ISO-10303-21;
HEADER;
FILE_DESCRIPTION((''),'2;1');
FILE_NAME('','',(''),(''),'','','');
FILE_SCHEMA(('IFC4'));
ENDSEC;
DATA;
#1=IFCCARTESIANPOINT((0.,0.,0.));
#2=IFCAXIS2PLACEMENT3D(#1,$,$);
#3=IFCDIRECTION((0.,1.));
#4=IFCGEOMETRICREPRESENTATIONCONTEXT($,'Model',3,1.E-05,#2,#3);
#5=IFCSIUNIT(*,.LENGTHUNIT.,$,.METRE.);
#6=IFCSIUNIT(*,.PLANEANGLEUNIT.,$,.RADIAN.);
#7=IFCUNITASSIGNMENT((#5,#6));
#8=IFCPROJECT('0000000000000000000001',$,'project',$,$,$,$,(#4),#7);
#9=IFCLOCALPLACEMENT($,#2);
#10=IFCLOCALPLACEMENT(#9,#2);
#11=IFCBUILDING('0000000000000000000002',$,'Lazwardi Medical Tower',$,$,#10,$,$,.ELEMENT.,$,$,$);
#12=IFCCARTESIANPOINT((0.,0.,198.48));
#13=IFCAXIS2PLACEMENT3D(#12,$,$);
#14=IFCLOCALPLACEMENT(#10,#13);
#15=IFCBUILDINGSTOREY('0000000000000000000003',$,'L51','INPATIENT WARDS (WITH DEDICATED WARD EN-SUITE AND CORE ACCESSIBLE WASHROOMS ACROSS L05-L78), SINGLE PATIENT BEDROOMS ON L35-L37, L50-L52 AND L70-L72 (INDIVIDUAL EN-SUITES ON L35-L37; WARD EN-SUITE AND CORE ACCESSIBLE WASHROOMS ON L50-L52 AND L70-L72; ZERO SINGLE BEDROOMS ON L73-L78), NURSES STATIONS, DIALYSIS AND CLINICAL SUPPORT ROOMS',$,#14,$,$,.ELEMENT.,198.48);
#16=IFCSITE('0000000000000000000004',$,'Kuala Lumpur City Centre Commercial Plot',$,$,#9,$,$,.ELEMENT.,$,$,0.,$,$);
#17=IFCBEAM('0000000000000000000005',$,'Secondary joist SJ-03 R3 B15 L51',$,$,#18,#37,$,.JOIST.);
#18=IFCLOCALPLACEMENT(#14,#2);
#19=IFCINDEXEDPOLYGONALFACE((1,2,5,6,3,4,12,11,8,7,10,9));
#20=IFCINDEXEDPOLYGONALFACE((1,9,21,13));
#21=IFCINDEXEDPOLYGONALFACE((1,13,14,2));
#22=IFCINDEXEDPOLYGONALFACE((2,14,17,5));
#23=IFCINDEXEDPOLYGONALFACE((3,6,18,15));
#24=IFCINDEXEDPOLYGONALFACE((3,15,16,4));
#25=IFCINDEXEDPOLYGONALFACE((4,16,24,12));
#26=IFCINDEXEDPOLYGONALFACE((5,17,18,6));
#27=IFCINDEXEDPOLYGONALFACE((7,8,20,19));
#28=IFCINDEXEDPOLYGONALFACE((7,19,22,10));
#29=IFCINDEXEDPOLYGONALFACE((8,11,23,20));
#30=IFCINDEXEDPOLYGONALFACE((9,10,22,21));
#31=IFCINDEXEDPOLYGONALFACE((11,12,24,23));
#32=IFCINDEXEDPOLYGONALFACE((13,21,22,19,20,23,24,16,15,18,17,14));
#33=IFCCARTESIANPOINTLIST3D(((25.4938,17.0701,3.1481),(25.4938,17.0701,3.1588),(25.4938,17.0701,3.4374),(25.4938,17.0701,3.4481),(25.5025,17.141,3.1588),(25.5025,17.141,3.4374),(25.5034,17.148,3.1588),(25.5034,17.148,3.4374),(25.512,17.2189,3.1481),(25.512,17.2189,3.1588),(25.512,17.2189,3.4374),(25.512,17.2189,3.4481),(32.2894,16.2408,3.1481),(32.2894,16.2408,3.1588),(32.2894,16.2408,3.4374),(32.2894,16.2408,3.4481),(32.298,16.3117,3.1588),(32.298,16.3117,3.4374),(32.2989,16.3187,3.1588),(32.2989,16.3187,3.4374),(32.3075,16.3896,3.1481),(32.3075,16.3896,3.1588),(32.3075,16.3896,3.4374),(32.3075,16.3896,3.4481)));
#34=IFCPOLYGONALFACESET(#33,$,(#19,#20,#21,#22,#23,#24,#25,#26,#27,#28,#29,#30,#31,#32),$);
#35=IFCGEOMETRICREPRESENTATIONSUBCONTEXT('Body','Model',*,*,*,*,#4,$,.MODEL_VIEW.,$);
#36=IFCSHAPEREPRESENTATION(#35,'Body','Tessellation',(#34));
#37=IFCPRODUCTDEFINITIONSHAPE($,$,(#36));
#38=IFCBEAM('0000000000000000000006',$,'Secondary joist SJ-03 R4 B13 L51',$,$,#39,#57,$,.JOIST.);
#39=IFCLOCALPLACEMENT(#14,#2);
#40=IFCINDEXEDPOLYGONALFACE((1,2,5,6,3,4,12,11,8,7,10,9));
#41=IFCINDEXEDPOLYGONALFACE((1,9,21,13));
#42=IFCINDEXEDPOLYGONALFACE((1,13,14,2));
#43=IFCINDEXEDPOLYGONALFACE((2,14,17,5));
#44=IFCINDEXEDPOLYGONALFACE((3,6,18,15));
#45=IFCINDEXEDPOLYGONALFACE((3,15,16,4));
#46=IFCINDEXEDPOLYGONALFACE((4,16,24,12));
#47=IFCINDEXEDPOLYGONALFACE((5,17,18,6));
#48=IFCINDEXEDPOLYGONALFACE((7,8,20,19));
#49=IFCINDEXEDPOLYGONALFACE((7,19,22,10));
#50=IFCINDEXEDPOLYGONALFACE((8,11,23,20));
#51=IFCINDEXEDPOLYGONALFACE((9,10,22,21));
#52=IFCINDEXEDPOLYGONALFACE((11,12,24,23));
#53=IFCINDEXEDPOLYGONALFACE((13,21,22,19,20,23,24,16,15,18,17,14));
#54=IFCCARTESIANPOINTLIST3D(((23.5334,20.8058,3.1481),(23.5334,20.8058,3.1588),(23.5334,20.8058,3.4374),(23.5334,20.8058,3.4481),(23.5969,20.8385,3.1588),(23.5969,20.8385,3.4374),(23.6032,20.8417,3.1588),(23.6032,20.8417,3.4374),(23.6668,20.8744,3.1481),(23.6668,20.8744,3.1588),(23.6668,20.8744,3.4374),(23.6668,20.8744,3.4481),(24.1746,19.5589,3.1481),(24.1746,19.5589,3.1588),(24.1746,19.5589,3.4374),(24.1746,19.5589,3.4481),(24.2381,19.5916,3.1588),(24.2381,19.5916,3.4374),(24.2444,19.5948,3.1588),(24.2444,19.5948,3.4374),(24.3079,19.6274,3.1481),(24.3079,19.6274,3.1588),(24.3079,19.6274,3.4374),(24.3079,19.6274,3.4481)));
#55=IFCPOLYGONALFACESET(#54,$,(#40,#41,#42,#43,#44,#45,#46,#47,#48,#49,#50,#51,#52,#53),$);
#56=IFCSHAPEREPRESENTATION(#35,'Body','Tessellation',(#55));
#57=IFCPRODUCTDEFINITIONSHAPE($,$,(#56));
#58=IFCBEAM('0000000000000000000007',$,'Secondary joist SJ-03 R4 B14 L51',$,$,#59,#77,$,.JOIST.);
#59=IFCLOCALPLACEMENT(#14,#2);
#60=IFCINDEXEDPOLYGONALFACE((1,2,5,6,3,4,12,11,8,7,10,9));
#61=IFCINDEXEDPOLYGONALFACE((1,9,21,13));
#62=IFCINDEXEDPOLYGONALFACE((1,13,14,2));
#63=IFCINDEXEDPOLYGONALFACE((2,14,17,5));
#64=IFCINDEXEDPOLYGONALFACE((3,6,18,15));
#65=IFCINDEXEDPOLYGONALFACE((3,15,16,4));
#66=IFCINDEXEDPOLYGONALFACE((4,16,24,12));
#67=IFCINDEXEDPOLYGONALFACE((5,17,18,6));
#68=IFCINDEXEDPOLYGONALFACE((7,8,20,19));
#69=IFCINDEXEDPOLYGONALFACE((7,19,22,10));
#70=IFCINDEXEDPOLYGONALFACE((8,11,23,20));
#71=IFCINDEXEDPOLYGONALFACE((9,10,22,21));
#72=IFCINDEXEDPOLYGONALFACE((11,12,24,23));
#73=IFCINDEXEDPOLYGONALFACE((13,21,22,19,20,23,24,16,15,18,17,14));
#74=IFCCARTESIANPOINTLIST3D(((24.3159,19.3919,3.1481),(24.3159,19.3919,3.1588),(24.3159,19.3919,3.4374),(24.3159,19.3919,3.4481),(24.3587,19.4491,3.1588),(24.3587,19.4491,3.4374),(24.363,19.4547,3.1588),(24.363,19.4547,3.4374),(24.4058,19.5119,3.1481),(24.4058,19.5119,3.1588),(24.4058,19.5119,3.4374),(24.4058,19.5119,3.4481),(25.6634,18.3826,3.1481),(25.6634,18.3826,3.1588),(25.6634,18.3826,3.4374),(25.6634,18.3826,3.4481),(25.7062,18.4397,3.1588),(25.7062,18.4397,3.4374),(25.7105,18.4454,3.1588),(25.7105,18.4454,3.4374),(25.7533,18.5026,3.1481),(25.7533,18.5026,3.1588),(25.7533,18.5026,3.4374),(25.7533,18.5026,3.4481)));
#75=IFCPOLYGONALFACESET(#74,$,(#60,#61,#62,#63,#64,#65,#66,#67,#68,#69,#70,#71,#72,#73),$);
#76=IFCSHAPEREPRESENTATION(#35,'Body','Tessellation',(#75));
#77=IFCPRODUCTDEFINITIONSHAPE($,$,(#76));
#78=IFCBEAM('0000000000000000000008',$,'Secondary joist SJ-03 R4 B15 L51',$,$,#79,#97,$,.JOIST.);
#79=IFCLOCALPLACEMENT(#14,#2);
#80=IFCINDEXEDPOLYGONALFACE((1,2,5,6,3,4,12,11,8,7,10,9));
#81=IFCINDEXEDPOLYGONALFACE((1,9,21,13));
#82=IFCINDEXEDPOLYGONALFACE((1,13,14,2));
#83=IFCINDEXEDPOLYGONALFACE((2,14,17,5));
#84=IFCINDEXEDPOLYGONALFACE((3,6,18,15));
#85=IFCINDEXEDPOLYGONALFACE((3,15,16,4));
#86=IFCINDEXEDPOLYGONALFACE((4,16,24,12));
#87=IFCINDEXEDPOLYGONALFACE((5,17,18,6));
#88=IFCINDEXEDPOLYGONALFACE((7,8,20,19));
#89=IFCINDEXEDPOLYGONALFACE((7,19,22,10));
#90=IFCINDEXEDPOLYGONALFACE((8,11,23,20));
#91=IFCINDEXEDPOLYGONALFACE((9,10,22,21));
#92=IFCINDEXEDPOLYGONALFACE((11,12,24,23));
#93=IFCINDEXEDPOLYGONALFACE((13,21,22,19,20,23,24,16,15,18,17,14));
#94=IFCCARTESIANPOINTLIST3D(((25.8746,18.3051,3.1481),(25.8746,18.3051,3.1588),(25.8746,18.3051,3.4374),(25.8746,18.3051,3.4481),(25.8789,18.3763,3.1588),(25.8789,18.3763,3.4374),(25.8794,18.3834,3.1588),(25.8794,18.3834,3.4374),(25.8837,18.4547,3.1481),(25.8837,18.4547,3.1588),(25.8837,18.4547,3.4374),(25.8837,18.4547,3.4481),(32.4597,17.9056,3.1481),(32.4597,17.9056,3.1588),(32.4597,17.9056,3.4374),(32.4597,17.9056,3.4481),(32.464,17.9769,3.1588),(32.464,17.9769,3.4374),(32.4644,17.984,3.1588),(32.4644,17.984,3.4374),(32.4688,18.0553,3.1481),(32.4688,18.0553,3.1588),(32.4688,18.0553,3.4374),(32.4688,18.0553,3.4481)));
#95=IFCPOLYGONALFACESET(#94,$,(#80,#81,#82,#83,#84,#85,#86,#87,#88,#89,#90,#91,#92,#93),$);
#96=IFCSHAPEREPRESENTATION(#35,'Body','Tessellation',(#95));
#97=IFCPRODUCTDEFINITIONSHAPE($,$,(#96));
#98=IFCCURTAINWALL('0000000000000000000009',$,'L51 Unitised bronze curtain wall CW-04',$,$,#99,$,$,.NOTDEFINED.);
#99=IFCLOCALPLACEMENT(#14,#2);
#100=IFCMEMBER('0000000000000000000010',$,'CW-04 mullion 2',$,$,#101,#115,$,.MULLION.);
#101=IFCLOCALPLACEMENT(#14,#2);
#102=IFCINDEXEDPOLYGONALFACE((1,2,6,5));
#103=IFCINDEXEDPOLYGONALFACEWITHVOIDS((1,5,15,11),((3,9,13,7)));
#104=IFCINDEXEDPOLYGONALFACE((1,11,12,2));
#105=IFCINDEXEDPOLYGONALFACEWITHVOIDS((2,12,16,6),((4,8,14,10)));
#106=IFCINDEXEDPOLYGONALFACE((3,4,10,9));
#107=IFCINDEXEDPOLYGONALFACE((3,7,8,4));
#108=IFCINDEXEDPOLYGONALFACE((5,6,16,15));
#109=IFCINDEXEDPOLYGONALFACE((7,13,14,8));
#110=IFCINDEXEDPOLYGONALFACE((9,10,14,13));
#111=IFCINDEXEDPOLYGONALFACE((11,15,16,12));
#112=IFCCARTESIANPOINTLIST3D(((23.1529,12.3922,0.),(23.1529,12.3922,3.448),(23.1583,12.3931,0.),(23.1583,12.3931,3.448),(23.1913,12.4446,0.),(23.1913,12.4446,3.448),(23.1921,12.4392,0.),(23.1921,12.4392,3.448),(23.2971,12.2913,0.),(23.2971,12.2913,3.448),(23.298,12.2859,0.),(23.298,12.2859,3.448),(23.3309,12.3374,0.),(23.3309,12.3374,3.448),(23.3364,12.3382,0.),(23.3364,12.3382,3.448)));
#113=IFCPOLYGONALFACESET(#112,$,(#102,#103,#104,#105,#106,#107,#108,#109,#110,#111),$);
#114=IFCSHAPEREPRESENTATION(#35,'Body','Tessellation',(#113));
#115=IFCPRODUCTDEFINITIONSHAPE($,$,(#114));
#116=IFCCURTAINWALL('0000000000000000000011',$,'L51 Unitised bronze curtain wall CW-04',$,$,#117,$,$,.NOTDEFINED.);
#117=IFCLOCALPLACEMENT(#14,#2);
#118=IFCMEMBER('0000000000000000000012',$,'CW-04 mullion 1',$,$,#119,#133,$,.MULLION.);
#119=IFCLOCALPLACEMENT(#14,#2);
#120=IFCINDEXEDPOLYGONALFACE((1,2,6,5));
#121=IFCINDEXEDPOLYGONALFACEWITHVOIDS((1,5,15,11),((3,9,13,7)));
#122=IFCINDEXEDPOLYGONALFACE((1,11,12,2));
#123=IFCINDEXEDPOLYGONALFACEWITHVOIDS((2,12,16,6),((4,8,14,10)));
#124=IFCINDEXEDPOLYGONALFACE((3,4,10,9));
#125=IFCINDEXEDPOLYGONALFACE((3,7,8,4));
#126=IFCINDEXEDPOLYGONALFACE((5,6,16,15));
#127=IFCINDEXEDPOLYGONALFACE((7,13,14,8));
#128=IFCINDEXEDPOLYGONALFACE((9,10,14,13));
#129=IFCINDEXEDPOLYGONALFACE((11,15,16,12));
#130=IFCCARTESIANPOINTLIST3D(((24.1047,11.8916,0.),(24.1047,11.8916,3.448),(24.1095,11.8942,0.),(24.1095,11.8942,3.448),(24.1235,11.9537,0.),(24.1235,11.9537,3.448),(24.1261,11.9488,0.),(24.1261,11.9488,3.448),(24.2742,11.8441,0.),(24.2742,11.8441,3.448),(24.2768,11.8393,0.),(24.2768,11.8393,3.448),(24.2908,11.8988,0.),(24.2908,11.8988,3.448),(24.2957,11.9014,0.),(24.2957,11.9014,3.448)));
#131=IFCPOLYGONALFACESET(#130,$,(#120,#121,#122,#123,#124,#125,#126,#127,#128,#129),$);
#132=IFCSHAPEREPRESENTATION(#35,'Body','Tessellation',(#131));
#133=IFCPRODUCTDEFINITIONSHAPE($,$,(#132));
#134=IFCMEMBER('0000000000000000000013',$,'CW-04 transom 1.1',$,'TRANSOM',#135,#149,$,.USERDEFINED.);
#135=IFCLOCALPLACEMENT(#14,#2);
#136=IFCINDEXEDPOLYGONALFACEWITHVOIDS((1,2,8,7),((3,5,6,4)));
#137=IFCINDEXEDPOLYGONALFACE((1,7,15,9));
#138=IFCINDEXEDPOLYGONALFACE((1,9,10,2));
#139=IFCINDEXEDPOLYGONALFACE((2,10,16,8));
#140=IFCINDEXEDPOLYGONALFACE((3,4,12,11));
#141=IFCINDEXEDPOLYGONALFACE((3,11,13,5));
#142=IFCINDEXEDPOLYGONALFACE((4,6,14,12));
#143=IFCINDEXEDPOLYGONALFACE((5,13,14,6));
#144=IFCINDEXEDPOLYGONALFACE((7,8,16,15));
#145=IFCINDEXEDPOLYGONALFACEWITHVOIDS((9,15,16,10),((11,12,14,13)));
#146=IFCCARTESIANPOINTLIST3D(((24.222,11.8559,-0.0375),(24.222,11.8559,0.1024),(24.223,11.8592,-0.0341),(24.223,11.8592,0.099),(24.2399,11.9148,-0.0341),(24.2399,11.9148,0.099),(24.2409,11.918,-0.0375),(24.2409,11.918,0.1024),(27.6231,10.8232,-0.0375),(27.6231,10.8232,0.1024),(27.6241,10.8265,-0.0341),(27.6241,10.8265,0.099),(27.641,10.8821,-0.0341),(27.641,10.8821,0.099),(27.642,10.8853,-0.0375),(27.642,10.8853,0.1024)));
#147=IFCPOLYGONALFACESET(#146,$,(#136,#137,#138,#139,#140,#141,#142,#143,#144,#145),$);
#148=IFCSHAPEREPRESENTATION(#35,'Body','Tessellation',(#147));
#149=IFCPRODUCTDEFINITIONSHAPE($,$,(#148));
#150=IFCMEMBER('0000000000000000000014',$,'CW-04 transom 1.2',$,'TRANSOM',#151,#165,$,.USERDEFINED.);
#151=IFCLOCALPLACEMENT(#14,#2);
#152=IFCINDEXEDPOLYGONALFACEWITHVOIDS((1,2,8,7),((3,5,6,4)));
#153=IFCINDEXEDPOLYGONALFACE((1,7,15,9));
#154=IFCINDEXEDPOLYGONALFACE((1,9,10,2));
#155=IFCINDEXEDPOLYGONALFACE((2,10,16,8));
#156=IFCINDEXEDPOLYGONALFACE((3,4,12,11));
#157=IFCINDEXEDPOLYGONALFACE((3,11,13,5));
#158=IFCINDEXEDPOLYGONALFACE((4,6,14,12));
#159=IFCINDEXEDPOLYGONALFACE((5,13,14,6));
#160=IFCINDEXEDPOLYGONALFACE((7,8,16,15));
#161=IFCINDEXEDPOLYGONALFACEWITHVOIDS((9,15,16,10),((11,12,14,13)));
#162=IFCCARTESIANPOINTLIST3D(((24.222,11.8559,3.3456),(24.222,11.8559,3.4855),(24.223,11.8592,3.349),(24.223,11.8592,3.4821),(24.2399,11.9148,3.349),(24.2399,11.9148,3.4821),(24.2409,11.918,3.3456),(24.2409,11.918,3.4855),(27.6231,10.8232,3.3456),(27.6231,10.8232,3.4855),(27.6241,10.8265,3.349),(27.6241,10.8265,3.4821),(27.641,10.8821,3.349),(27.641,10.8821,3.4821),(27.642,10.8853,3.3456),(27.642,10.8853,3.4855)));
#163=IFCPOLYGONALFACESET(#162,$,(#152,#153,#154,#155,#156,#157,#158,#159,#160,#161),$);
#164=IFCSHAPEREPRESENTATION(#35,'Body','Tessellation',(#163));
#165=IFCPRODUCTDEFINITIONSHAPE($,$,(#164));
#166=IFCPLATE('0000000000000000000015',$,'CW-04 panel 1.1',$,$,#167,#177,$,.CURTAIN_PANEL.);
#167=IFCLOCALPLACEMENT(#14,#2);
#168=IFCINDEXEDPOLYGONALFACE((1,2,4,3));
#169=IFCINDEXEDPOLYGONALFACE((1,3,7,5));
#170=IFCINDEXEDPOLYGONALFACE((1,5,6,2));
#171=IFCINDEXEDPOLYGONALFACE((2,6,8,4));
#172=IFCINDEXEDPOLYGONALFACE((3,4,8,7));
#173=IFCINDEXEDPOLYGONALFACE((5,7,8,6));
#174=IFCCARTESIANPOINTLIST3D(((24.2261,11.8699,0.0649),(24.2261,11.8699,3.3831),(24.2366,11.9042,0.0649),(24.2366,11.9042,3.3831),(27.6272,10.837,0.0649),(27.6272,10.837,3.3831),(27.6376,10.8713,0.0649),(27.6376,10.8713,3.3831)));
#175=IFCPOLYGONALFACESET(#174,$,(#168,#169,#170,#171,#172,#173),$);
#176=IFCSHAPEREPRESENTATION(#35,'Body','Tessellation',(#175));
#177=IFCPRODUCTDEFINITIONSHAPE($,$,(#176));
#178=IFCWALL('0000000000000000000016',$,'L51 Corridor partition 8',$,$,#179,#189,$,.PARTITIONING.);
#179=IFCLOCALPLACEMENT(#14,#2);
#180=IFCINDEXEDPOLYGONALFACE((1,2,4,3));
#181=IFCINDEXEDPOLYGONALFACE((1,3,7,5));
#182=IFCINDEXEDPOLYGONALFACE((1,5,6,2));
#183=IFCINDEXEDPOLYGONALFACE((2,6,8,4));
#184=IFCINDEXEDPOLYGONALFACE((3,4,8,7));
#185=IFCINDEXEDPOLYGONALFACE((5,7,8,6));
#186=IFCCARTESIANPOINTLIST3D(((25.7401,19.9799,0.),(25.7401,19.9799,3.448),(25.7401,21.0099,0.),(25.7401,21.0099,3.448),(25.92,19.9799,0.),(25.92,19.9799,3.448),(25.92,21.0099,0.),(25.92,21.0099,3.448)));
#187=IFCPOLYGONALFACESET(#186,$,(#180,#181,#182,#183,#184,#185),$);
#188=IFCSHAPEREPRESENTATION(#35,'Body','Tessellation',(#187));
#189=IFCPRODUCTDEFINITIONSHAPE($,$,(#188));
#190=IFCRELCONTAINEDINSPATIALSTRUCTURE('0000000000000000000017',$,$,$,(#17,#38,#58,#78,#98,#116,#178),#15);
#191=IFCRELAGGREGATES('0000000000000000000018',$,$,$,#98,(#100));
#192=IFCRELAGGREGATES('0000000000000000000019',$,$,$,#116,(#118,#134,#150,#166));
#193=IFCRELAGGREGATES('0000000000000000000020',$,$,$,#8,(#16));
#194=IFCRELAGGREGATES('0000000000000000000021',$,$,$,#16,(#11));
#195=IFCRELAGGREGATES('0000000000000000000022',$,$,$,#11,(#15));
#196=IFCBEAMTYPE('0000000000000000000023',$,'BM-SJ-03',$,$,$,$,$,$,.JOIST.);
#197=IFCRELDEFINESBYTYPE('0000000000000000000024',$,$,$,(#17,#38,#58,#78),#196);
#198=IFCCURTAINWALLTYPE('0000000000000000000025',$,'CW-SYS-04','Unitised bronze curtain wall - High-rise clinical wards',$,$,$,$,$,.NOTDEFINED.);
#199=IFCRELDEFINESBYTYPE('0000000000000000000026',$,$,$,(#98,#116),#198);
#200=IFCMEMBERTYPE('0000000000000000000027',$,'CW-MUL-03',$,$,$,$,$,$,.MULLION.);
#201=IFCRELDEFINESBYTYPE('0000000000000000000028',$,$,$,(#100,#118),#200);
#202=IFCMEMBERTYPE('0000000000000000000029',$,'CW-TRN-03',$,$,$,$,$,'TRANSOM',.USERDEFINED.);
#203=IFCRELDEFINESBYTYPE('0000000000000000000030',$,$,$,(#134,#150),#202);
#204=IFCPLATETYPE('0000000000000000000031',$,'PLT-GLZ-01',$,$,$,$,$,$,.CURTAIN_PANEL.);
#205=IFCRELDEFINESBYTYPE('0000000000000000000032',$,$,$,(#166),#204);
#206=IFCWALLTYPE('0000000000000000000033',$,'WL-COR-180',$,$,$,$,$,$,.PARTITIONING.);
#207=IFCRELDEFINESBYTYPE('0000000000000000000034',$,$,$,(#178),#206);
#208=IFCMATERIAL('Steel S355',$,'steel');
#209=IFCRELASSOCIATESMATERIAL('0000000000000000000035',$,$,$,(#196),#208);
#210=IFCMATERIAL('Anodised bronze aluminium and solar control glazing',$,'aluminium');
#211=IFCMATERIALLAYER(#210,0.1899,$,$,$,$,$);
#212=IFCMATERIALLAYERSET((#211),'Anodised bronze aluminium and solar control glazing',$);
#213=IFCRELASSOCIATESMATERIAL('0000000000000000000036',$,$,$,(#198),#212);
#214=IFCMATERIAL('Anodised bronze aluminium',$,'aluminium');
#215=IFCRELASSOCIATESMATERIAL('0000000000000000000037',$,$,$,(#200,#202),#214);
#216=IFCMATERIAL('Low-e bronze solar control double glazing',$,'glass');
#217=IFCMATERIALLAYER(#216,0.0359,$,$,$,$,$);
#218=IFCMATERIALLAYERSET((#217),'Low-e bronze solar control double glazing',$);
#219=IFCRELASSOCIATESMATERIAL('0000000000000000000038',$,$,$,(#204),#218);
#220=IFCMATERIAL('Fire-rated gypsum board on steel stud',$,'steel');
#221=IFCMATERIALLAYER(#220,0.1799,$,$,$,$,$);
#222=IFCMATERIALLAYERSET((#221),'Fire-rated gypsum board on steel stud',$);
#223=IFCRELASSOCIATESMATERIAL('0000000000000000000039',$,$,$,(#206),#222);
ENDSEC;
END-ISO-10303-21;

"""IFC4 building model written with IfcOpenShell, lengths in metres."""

from ifc_helpers import new_model, si_unit, direction, frame, frame_2d, origin, origin_2d, place, context, subcontext, project, spatial, rectangle, hollow_rectangle, i_section, extrude, material, layer, layer_set, material_profile, profile_set, type_object, element, aggregate, save


model = new_model("IFC4")

# Units and contexts
model_context = context("Model", 3, precision=1e-05, world=origin(), true_north=direction((0.0, 1.0)))
body_context = subcontext(model_context, "Body", "Model", "MODEL_VIEW")
ifc_project = project(units=[si_unit("LENGTHUNIT", "METRE"), si_unit("PLANEANGLEUNIT", "RADIAN")], contexts=[model_context])

# Site, building, storey
site_placement = place(None, origin())
site = spatial("IfcSite", under=ifc_project, at=site_placement, Name="Kuala Lumpur City Centre Commercial Plot", CompositionType="ELEMENT", RefElevation=0.0)
building_placement = place(site_placement, origin())
building = spatial("IfcBuilding", under=site, at=building_placement, Name="Lazwardi Medical Tower", CompositionType="ELEMENT")
storey_placement = place(building_placement, frame((0.0, 0.0, 198.48)))
storey = spatial("IfcBuildingStorey", under=building, at=storey_placement, Name="L51", Description="INPATIENT WARDS (WITH DEDICATED WARD EN-SUITE AND CORE ACCESSIBLE WASHROOMS ACROSS L05-L78), SINGLE PATIENT BEDROOMS ON L35-L37, L50-L52 AND L70-L72 (INDIVIDUAL EN-SUITES ON L35-L37; WARD EN-SUITE AND CORE ACCESSIBLE WASHROOMS ON L50-L52 AND L70-L72; ZERO SINGLE BEDROOMS ON L73-L78), NURSES STATIONS, DIALYSIS AND CLINICAL SUPPORT ROOMS", CompositionType="ELEMENT", Elevation=198.48)

# Beams
ifc_material_1 = material(Name="Steel S355", Category="steel")
ifc_material_profile_1 = material_profile(ifc_material_1, i_section(OverallWidth=0.1499, OverallDepth=0.3, WebThickness=0.0071, FlangeThickness=0.0107, at=origin_2d()), Name="IPE 300")
ifc_profile_set_1 = profile_set([ifc_material_profile_1], Name="Steel S355")
beam_type_1 = type_object("IfcBeamType", Name="BM-SJ-03", PredefinedType="JOIST", material=ifc_profile_set_1)
beam_1_placement = place(storey_placement, frame((25.5029, 17.1445, 3.2981), z_axis=(0.992635, -0.121146, 0.0), x_axis=(0.121146, 0.992635, 0.0)))
element("IfcBeam", 1, at=beam_1_placement, inside=storey, type_object=beam_type_1, Name="Secondary joist SJ-03 R3 B15 L51", PredefinedType="JOIST", context=body_context, shape_type="SweptSolid", body=[
    extrude(i_section(OverallWidth=0.1499, OverallDepth=0.3, WebThickness=0.0071, FlangeThickness=0.0107, at=origin_2d()), origin(), (0.0, 0.0, 1.0), 6.8459),
])
beam_2_placement = place(storey_placement, frame((23.6001, 20.8401, 3.2981), z_axis=(0.457285, -0.88932, 0.0), x_axis=(0.88932, 0.457285, 0.0)))
element("IfcBeam", 2, at=beam_2_placement, inside=storey, type_object=beam_type_1, Name="Secondary joist SJ-03 R4 B13 L51", PredefinedType="JOIST", context=body_context, shape_type="SweptSolid", body=[
    extrude(i_section(OverallWidth=0.1499, OverallDepth=0.3, WebThickness=0.0071, FlangeThickness=0.0107, at=origin_2d()), origin(), (0.0, 0.0, 1.0), 1.4021),
])
beam_3_placement = place(storey_placement, frame((24.3608, 19.4519, 3.2981), z_axis=(0.800365, -0.599513, 0.0), x_axis=(0.599513, 0.800365, 0.0)))
element("IfcBeam", 3, at=beam_3_placement, inside=storey, type_object=beam_type_1, Name="Secondary joist SJ-03 R4 B14 L51", PredefinedType="JOIST", context=body_context, shape_type="SweptSolid", body=[
    extrude(i_section(OverallWidth=0.1499, OverallDepth=0.3, WebThickness=0.0071, FlangeThickness=0.0107, at=origin_2d()), origin(), (0.0, 0.0, 1.0), 1.6836),
])
beam_4_placement = place(storey_placement, frame((25.8792, 18.3799, 3.2981), z_axis=(0.998166, -0.060544, 0.0), x_axis=(0.060544, 0.998166, 0.0)))
element("IfcBeam", 4, at=beam_4_placement, inside=storey, type_object=beam_type_1, Name="Secondary joist SJ-03 R4 B15 L51", PredefinedType="JOIST", context=body_context, shape_type="SweptSolid", body=[
    extrude(i_section(OverallWidth=0.1499, OverallDepth=0.3, WebThickness=0.0071, FlangeThickness=0.0107, at=origin_2d()), origin(), (0.0, 0.0, 1.0), 6.5972),
])

# Curtain wall, member
ifc_material_2 = material(Name="Anodised bronze aluminium and solar control glazing", Category="aluminium")
ifc_layer_1 = layer(ifc_material_2, 0.1899)
ifc_layer_set_1 = layer_set([ifc_layer_1], Name="Anodised bronze aluminium and solar control glazing")
curtain_wall_type = type_object("IfcCurtainWallType", Name="CW-SYS-04", Description="Unitised bronze curtain wall - High-rise clinical wards", PredefinedType="NOTDEFINED", material=ifc_layer_set_1)
curtain_wall_1_placement = place(storey_placement, origin())
curtain_wall_1 = element("IfcCurtainWall", 5, at=curtain_wall_1_placement, inside=storey, type_object=curtain_wall_type, Name="L51 Unitised bronze curtain wall CW-04", PredefinedType="NOTDEFINED")
ifc_material_3 = material(Name="Anodised bronze aluminium", Category="aluminium")
ifc_material_profile_2 = material_profile(ifc_material_3, hollow_rectangle(XDim=0.0649, YDim=0.1799, WallThickness=0.0039, at=origin_2d()), Name="ALU-MULLION 180x65x4")
ifc_profile_set_2 = profile_set([ifc_material_profile_2], Name="Anodised bronze aluminium")
member_type_1 = type_object("IfcMemberType", Name="CW-MUL-03", PredefinedType="MULLION", material=ifc_profile_set_2)
member_1_placement = place(storey_placement, frame((23.2446, 12.3652, 0.0), z_axis=(0.0, 0.0, 1.0), x_axis=(0.591268, 0.806475, 0.0)))
member_1 = element("IfcMember", 6, at=member_1_placement, type_object=member_type_1, Name="CW-04 mullion 2", PredefinedType="MULLION", context=body_context, shape_type="SweptSolid", body=[
    extrude(hollow_rectangle(XDim=0.0649, YDim=0.1799, WallThickness=0.0039, at=origin_2d()), origin(), (0.0, 0.0, 1.0), 3.448),
])
aggregate(curtain_wall_1, [member_1])

# Curtain wall, members, plate
curtain_wall_2_placement = place(storey_placement, origin())
curtain_wall_2 = element("IfcCurtainWall", 7, at=curtain_wall_2_placement, inside=storey, type_object=curtain_wall_type, Name="L51 Unitised bronze curtain wall CW-04", PredefinedType="NOTDEFINED")
member_2_placement = place(storey_placement, frame((24.2002, 11.8965, 0.0), z_axis=(0.0, 0.0, 1.0), x_axis=(0.290582, 0.95685, 0.0)))
member_2 = element("IfcMember", 8, at=member_2_placement, type_object=member_type_1, Name="CW-04 mullion 1", PredefinedType="MULLION", context=body_context, shape_type="SweptSolid", body=[
    extrude(hollow_rectangle(XDim=0.0649, YDim=0.1799, WallThickness=0.0039, at=origin_2d()), origin(), (0.0, 0.0, 1.0), 3.448),
])
ifc_material_profile_3 = material_profile(ifc_material_3, hollow_rectangle(XDim=0.0649, YDim=0.1399, WallThickness=0.0034, at=origin_2d()), Name="ALU-TRANSOM 140x65x3.5")
ifc_profile_set_3 = profile_set([ifc_material_profile_3], Name="Anodised bronze aluminium")
member_type_2 = type_object("IfcMemberType", Name="CW-TRN-03", ElementType="TRANSOM", PredefinedType="USERDEFINED", material=ifc_profile_set_3)
member_3_placement = place(storey_placement, frame((24.2314, 11.887, 0.0325), z_axis=(0.956863, -0.290541, 0.0), x_axis=(0.290541, 0.956863, 0.0)))
member_3 = element("IfcMember", 9, at=member_3_placement, type_object=member_type_2, Name="CW-04 transom 1.1", ObjectType="TRANSOM", PredefinedType="USERDEFINED", context=body_context, shape_type="SweptSolid", body=[
    extrude(hollow_rectangle(XDim=0.0649, YDim=0.1399, WallThickness=0.0034, at=origin_2d()), origin(), (0.0, 0.0, 1.0), 3.5544),
])
member_4_placement = place(storey_placement, frame((24.2314, 11.887, 3.4155), z_axis=(0.956863, -0.290541, 0.0), x_axis=(0.290541, 0.956863, 0.0)))
member_4 = element("IfcMember", 10, at=member_4_placement, type_object=member_type_2, Name="CW-04 transom 1.2", ObjectType="TRANSOM", PredefinedType="USERDEFINED", context=body_context, shape_type="SweptSolid", body=[
    extrude(hollow_rectangle(XDim=0.0649, YDim=0.1399, WallThickness=0.0034, at=origin_2d()), origin(), (0.0, 0.0, 1.0), 3.5544),
])
ifc_material_4 = material(Name="Low-e bronze solar control double glazing", Category="glass")
ifc_layer_2 = layer(ifc_material_4, 0.0359)
ifc_layer_set_2 = layer_set([ifc_layer_2], Name="Low-e bronze solar control double glazing")
plate_type = type_object("IfcPlateType", Name="PLT-GLZ-01", PredefinedType="CURTAIN_PANEL", material=ifc_layer_set_2)
plate_placement = place(storey_placement, frame((25.9319, 11.3706, 0.0649), z_axis=(0.0, 0.0, 1.0), x_axis=(0.95685, -0.290582, 0.0)))
plate = element("IfcPlate", 11, at=plate_placement, type_object=plate_type, Name="CW-04 panel 1.1", PredefinedType="CURTAIN_PANEL", context=body_context, shape_type="SweptSolid", body=[
    extrude(rectangle(XDim=3.5544, YDim=0.0359, at=origin_2d()), origin(), (0.0, 0.0, 1.0), 3.3181),
])
aggregate(curtain_wall_2, [member_2, member_3, member_4, plate])

# Wall
ifc_material_5 = material(Name="Fire-rated gypsum board on steel stud", Category="steel")
ifc_layer_3 = layer(ifc_material_5, 0.1799)
ifc_layer_set_3 = layer_set([ifc_layer_3], Name="Fire-rated gypsum board on steel stud")
wall_type = type_object("IfcWallType", Name="WL-COR-180", PredefinedType="PARTITIONING", material=ifc_layer_set_3)
wall_1_placement = place(storey_placement, frame((25.8301, 21.01, 0.0), z_axis=(0.0, 0.0, 1.0), x_axis=(0.0, -1.0, 0.0)))
element("IfcWall", 12, at=wall_1_placement, inside=storey, type_object=wall_type, Name="L51 Corridor partition 8", PredefinedType="PARTITIONING", context=body_context, shape_type="SweptSolid", body=[
    extrude(rectangle(XDim=1.03, YDim=0.1799, at=frame_2d((0.5151, 0.0))), origin(), (0.0, 0.0, 1.0), 3.448),
])

save(model, "model.ifc")
